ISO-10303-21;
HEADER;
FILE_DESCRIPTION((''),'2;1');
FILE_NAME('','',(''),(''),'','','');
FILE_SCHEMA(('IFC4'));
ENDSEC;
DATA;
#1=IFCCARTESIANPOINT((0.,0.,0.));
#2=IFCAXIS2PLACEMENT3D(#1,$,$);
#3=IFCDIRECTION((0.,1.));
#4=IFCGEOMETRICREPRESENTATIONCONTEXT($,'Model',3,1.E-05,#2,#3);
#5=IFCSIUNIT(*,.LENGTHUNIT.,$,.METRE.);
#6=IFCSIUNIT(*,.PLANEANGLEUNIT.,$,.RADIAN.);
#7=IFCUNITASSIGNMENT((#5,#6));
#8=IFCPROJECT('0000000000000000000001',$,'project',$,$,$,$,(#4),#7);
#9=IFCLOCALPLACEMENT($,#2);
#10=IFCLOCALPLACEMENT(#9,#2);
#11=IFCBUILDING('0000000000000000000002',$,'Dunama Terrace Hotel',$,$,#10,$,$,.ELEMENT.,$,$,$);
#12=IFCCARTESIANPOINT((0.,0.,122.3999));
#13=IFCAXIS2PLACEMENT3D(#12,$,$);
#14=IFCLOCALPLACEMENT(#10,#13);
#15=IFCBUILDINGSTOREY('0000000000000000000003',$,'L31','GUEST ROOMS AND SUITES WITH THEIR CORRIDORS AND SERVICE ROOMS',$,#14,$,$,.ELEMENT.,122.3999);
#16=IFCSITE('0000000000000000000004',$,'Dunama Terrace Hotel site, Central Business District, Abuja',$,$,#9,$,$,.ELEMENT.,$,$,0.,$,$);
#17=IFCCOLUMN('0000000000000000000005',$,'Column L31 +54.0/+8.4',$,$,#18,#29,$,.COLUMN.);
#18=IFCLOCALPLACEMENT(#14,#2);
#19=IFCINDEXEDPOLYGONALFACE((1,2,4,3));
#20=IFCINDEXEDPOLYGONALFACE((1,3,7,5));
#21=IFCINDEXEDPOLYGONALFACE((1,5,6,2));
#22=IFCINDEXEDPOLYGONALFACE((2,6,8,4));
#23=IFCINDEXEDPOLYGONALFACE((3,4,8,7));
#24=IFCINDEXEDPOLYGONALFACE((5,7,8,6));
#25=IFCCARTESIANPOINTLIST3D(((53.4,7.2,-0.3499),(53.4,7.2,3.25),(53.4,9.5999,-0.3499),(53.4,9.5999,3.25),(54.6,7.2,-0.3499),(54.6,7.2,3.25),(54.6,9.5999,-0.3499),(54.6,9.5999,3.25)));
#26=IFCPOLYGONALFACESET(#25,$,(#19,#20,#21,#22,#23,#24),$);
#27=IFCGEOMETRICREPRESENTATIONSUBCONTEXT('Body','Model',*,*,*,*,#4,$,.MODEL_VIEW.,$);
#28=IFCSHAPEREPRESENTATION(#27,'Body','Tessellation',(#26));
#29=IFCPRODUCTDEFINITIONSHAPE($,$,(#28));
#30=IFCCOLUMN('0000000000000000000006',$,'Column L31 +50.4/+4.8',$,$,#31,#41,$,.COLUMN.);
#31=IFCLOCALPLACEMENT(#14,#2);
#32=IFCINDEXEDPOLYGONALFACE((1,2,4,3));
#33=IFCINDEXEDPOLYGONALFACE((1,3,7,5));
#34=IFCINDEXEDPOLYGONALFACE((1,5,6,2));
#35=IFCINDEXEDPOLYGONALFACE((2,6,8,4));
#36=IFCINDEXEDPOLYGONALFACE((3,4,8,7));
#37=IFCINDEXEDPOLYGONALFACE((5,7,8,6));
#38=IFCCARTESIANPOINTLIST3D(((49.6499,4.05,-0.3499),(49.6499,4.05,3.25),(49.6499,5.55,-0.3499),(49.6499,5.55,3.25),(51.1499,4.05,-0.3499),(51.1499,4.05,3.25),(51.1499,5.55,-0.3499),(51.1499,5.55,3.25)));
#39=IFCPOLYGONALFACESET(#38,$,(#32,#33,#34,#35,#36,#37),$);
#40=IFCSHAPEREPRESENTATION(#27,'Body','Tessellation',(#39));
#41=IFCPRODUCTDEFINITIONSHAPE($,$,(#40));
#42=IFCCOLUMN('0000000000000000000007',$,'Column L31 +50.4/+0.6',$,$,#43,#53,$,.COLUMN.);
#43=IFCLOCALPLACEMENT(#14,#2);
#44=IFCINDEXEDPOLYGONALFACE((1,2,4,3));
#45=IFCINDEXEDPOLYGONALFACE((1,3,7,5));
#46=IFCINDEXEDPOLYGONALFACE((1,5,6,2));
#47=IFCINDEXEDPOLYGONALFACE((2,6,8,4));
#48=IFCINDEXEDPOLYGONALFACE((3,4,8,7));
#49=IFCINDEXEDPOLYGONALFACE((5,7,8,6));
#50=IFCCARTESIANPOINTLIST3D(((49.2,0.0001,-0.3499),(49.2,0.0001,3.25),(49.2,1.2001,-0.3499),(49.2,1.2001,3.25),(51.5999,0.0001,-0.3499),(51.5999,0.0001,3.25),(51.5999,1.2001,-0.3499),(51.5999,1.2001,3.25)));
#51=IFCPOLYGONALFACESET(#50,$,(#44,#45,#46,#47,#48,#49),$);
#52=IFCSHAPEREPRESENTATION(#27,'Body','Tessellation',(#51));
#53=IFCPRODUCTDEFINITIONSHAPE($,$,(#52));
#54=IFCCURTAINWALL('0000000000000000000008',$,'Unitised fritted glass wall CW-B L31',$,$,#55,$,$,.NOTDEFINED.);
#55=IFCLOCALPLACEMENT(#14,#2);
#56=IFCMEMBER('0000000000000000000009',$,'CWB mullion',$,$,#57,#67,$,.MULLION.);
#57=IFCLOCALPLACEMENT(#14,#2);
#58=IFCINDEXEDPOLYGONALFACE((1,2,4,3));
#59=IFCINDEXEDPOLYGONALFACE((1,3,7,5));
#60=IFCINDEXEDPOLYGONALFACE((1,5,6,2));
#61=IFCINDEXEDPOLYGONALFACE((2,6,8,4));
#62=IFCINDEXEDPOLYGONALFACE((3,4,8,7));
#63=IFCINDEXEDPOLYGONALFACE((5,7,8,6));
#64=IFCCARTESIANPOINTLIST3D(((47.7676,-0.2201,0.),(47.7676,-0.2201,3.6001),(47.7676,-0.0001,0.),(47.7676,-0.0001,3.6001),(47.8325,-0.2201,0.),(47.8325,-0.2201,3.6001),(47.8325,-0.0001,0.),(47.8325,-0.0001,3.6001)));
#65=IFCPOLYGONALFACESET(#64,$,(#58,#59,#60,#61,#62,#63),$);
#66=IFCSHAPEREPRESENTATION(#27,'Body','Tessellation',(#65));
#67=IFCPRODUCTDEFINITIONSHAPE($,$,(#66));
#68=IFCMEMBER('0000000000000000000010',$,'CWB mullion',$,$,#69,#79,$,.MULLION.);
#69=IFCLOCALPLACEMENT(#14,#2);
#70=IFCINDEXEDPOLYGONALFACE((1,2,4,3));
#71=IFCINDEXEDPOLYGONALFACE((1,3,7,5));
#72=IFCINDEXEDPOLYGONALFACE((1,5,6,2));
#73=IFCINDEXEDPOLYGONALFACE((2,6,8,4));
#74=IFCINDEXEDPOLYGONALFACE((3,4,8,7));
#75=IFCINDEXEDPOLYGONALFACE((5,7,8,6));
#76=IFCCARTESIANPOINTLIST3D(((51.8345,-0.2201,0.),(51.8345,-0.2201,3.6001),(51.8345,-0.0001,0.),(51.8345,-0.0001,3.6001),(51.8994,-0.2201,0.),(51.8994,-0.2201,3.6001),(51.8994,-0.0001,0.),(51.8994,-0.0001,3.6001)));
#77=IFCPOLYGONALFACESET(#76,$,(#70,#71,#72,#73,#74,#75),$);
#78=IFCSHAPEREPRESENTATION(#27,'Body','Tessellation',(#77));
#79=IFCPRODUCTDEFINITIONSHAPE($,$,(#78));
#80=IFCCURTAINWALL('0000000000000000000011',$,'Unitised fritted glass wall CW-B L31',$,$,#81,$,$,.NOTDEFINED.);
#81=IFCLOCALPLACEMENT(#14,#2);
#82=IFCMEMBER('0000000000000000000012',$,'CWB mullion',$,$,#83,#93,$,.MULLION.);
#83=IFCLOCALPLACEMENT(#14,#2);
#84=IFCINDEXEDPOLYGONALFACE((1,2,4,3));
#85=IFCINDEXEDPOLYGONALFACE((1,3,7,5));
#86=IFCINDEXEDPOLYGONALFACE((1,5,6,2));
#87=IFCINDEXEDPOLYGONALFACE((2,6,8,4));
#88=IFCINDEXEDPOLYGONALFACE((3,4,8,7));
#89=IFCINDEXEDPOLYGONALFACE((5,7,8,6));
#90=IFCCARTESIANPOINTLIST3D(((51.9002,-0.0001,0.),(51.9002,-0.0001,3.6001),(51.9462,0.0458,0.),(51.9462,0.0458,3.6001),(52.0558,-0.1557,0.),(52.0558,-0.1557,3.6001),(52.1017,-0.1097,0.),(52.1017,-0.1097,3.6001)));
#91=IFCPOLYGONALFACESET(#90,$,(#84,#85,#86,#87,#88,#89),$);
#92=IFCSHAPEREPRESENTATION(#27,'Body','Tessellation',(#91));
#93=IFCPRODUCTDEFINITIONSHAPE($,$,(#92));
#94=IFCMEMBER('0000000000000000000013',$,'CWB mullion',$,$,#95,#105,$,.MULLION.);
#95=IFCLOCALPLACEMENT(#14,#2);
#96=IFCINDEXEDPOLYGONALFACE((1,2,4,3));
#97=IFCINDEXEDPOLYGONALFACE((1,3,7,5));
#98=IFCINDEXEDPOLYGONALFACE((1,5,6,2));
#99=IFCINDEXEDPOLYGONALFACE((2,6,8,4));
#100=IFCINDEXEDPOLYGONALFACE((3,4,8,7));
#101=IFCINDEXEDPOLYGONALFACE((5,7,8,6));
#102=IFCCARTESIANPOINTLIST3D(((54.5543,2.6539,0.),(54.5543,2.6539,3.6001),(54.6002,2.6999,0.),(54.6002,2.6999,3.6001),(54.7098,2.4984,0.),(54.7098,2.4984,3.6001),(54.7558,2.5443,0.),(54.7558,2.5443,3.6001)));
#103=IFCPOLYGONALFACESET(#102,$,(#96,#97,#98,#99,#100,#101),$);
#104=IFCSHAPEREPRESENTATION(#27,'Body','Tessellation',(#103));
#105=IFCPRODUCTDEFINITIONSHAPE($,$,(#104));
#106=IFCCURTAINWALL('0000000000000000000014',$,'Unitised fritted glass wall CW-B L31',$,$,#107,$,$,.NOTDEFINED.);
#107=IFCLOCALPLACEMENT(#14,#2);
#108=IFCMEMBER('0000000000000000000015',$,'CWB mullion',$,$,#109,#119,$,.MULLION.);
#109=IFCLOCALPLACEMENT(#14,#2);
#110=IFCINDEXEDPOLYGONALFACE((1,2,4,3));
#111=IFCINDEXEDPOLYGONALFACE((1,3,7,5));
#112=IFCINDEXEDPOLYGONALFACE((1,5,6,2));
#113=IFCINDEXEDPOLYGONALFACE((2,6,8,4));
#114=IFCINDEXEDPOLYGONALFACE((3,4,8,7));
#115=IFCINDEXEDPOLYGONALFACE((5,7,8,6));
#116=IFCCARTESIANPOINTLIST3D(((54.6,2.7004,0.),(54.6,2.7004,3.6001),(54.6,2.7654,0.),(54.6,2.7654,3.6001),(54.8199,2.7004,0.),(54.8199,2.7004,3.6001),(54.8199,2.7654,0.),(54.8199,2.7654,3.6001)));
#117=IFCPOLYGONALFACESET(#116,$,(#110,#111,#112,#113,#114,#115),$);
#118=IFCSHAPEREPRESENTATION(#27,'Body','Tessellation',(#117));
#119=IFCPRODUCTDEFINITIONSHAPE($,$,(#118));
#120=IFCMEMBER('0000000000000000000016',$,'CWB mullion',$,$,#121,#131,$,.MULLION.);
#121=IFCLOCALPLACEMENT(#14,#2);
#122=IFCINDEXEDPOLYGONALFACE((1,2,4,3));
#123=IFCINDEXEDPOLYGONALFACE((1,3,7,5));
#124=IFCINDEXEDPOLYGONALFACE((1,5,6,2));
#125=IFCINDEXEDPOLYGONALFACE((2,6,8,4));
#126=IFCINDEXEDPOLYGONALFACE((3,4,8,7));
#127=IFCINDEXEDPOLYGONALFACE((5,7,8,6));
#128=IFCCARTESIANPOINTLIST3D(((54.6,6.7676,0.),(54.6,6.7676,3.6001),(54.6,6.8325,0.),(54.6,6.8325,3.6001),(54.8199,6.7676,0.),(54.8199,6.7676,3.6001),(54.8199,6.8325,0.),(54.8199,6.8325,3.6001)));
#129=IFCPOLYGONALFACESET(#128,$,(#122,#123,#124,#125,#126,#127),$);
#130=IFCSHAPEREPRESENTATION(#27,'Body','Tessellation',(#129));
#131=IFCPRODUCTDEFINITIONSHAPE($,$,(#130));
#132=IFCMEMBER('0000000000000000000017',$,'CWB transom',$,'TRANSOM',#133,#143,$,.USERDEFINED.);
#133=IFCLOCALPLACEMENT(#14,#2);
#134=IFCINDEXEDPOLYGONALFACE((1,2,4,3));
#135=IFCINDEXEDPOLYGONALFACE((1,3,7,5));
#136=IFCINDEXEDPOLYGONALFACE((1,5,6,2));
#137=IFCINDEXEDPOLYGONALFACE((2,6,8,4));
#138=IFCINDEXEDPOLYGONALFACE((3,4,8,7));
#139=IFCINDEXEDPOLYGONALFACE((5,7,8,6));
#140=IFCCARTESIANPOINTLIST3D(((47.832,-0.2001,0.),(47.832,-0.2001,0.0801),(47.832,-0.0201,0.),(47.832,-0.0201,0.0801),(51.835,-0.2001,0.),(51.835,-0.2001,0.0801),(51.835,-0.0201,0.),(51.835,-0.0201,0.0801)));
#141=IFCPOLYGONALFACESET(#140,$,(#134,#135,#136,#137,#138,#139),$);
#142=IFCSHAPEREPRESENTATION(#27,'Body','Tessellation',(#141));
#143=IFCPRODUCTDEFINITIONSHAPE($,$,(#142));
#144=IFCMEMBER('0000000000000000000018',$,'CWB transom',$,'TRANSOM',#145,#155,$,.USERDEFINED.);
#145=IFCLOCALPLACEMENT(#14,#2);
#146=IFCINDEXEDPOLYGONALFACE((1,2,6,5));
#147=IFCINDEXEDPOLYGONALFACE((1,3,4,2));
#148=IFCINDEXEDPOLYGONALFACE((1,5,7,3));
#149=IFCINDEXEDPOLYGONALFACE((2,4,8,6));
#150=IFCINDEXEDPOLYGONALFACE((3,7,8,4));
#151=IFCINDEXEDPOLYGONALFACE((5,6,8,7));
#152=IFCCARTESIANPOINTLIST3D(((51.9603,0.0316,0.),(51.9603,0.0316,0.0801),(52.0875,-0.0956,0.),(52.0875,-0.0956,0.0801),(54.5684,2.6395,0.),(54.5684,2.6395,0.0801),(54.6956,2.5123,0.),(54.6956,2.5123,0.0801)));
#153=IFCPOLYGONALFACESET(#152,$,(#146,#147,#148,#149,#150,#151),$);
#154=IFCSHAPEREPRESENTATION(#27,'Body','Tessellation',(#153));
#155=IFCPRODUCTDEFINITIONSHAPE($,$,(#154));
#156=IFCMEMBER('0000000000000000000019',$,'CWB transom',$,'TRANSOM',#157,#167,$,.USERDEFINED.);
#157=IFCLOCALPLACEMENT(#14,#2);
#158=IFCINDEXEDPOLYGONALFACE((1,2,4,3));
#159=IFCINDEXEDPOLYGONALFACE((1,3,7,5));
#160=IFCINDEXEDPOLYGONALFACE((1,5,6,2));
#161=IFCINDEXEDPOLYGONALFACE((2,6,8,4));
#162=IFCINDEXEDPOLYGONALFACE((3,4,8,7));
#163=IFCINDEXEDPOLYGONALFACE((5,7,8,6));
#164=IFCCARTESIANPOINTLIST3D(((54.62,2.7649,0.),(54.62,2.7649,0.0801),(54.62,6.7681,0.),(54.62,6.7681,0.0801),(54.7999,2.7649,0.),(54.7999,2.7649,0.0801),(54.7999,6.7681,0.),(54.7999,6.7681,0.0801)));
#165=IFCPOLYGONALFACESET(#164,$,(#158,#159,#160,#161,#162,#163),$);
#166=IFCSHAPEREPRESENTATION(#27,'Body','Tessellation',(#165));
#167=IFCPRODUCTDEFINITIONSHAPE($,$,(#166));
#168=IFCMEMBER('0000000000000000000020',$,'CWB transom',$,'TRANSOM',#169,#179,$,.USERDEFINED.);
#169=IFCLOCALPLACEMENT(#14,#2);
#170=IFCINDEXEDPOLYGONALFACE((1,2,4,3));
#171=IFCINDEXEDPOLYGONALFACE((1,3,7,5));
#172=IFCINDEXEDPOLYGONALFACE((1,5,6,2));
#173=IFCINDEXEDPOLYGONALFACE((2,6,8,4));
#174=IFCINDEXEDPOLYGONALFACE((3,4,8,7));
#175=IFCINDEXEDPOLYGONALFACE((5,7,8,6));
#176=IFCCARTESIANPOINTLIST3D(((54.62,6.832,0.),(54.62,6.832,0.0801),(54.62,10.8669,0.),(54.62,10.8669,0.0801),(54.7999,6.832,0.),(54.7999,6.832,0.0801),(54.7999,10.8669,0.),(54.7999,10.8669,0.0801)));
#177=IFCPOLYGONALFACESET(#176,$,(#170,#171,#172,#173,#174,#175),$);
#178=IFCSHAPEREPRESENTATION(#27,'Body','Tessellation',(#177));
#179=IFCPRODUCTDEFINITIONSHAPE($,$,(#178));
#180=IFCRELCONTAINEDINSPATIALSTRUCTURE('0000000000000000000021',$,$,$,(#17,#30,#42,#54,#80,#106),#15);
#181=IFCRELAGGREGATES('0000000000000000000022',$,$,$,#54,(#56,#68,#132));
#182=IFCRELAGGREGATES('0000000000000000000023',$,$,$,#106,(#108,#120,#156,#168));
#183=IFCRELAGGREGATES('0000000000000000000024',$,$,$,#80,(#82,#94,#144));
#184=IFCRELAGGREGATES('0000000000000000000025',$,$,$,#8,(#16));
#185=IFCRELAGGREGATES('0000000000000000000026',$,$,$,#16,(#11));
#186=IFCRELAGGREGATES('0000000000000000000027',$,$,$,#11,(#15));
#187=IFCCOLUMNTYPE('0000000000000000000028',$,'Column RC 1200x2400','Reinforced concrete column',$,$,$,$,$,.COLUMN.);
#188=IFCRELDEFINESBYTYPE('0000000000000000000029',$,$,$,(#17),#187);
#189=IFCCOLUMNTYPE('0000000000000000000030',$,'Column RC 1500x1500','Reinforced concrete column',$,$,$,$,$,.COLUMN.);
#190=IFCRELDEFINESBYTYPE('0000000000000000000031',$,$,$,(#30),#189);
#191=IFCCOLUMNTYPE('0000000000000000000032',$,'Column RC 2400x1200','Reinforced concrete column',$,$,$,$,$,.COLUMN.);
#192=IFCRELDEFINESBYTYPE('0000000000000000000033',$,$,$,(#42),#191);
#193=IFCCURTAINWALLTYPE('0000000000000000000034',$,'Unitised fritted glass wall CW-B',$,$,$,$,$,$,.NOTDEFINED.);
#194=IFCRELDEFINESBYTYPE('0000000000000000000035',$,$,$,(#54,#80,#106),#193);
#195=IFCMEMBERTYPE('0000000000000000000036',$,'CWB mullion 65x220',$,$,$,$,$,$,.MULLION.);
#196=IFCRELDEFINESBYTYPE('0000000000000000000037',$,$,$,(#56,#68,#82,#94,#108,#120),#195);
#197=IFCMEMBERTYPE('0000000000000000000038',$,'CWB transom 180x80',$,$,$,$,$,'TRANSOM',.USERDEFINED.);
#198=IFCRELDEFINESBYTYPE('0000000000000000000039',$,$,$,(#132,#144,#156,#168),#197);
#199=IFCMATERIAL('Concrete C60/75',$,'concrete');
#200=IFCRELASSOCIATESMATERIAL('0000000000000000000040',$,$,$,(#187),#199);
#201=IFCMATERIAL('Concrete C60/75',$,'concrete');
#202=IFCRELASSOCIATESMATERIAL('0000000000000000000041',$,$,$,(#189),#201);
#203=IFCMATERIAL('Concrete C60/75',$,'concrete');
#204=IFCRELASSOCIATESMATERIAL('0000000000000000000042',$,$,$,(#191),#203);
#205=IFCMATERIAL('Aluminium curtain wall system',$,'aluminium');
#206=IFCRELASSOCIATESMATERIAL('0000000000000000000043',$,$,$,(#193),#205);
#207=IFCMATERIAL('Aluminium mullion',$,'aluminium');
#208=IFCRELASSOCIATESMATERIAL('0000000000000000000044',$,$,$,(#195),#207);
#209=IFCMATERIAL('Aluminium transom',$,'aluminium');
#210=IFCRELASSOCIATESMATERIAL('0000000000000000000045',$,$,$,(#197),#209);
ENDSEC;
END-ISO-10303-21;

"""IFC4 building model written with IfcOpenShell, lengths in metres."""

from ifc_helpers import new_model, si_unit, direction, frame, origin, origin_2d, place, context, subcontext, project, spatial, rectangle, extrude, material, material_profile, profile_set, type_object, element, aggregate, save


model = new_model("IFC4")

# Units and contexts
model_context = context("Model", 3, precision=1e-05, world=origin(), true_north=direction((0.0, 1.0)))
body_context = subcontext(model_context, "Body", "Model", "MODEL_VIEW")
ifc_project = project(units=[si_unit("LENGTHUNIT", "METRE"), si_unit("PLANEANGLEUNIT", "RADIAN")], contexts=[model_context])

# Site, building, storey
site_placement = place(None, origin())
site = spatial("IfcSite", under=ifc_project, at=site_placement, Name="Dunama Terrace Hotel site, Central Business District, Abuja", CompositionType="ELEMENT", RefElevation=0.0)
building_placement = place(site_placement, origin())
building = spatial("IfcBuilding", under=site, at=building_placement, Name="Dunama Terrace Hotel", CompositionType="ELEMENT")
storey_placement = place(building_placement, frame((0.0, 0.0, 122.3999)))
storey = spatial("IfcBuildingStorey", under=building, at=storey_placement, Name="L31", Description="GUEST ROOMS AND SUITES WITH THEIR CORRIDORS AND SERVICE ROOMS", CompositionType="ELEMENT", Elevation=122.3999)

# Columns
ifc_material_1 = material(Name="Concrete C60/75", Category="concrete")
ifc_material_profile_1 = material_profile(ifc_material_1, rectangle(XDim=1.2, YDim=2.3999, at=origin_2d()), Name="RC 1200x2400")
ifc_profile_set_1 = profile_set([ifc_material_profile_1], Name="Concrete C60/75")
column_type_1 = type_object("IfcColumnType", Name="Column RC 1200x2400", Description="Reinforced concrete column", PredefinedType="COLUMN", material=ifc_profile_set_1)
column_1_placement = place(storey_placement, frame((54.0, 8.3999, -0.3499), z_axis=(0.0, 0.0, 1.0), x_axis=(1.0, 0.0, 0.0)))
element("IfcColumn", 1, at=column_1_placement, inside=storey, type_object=column_type_1, Name="Column L31 +54.0/+8.4", PredefinedType="COLUMN", context=body_context, shape_type="SweptSolid", body=[
    extrude(rectangle(XDim=1.2, YDim=2.3999, at=origin_2d()), origin(), (0.0, 0.0, 1.0), 3.5999),
])
ifc_material_2 = material(Name="Concrete C60/75", Category="concrete")
ifc_material_profile_2 = material_profile(ifc_material_2, rectangle(XDim=1.5, YDim=1.5, at=origin_2d()), Name="RC 1500x1500")
ifc_profile_set_2 = profile_set([ifc_material_profile_2], Name="Concrete C60/75")
column_type_2 = type_object("IfcColumnType", Name="Column RC 1500x1500", Description="Reinforced concrete column", PredefinedType="COLUMN", material=ifc_profile_set_2)
column_2_placement = place(storey_placement, frame((50.3999, 4.8, -0.3499), z_axis=(0.0, 0.0, 1.0), x_axis=(1.0, 0.0, 0.0)))
element("IfcColumn", 2, at=column_2_placement, inside=storey, type_object=column_type_2, Name="Column L31 +50.4/+4.8", PredefinedType="COLUMN", context=body_context, shape_type="SweptSolid", body=[
    extrude(rectangle(XDim=1.5, YDim=1.5, at=origin_2d()), origin(), (0.0, 0.0, 1.0), 3.5999),
])
ifc_material_3 = material(Name="Concrete C60/75", Category="concrete")
ifc_material_profile_3 = material_profile(ifc_material_3, rectangle(XDim=2.3999, YDim=1.2, at=origin_2d()), Name="RC 2400x1200")
ifc_profile_set_3 = profile_set([ifc_material_profile_3], Name="Concrete C60/75")
column_type_3 = type_object("IfcColumnType", Name="Column RC 2400x1200", Description="Reinforced concrete column", PredefinedType="COLUMN", material=ifc_profile_set_3)
column_3_placement = place(storey_placement, frame((50.3999, 0.6001, -0.3499), z_axis=(0.0, 0.0, 1.0), x_axis=(1.0, 0.0, 0.0)))
element("IfcColumn", 3, at=column_3_placement, inside=storey, type_object=column_type_3, Name="Column L31 +50.4/+0.6", PredefinedType="COLUMN", context=body_context, shape_type="SweptSolid", body=[
    extrude(rectangle(XDim=2.3999, YDim=1.2, at=origin_2d()), origin(), (0.0, 0.0, 1.0), 3.5999),
])

# Curtain walls, members
ifc_material_4 = material(Name="Aluminium curtain wall system", Category="aluminium")
curtain_wall_type = type_object("IfcCurtainWallType", Name="Unitised fritted glass wall CW-B", PredefinedType="NOTDEFINED", material=ifc_material_4)
curtain_wall_1_placement = place(storey_placement, origin())
curtain_wall_1 = element("IfcCurtainWall", 4, at=curtain_wall_1_placement, inside=storey, type_object=curtain_wall_type, Name="Unitised fritted glass wall CW-B L31", PredefinedType="NOTDEFINED")
ifc_material_5 = material(Name="Aluminium mullion", Category="aluminium")
ifc_material_profile_4 = material_profile(ifc_material_5, rectangle(XDim=0.0649, YDim=0.22, at=origin_2d()), Name="CWB MULLION 65X220")
ifc_profile_set_4 = profile_set([ifc_material_profile_4], Name="Aluminium mullion")
member_type_1 = type_object("IfcMemberType", Name="CWB mullion 65x220", PredefinedType="MULLION", material=ifc_profile_set_4)
member_1_placement = place(storey_placement, frame((47.8, -0.1101, 0.0), z_axis=(0.0, 0.0, 1.0), x_axis=(1.0, 0.0, 0.0)))
member_1 = element("IfcMember", 5, at=member_1_placement, type_object=member_type_1, Name="CWB mullion", PredefinedType="MULLION", context=body_context, shape_type="SweptSolid", body=[
    extrude(rectangle(XDim=0.0649, YDim=0.22, at=origin_2d()), origin(), (0.0, 0.0, 1.0), 3.6001),
])
member_2_placement = place(storey_placement, frame((51.8669, -0.1101, 0.0), z_axis=(0.0, 0.0, 1.0), x_axis=(1.0, 0.0, 0.0)))
member_2 = element("IfcMember", 6, at=member_2_placement, type_object=member_type_1, Name="CWB mullion", PredefinedType="MULLION", context=body_context, shape_type="SweptSolid", body=[
    extrude(rectangle(XDim=0.0649, YDim=0.22, at=origin_2d()), origin(), (0.0, 0.0, 1.0), 3.6001),
])
curtain_wall_2_placement = place(storey_placement, origin())
curtain_wall_2 = element("IfcCurtainWall", 7, at=curtain_wall_2_placement, inside=storey, type_object=curtain_wall_type, Name="Unitised fritted glass wall CW-B L31", PredefinedType="NOTDEFINED")
member_3_placement = place(storey_placement, frame((52.001, -0.0549, 0.0), z_axis=(0.0, 0.0, 1.0), x_axis=(0.707107, 0.707107, 0.0)))
member_3 = element("IfcMember", 8, at=member_3_placement, type_object=member_type_1, Name="CWB mullion", PredefinedType="MULLION", context=body_context, shape_type="SweptSolid", body=[
    extrude(rectangle(XDim=0.0649, YDim=0.22, at=origin_2d()), origin(), (0.0, 0.0, 1.0), 3.6001),
])
member_4_placement = place(storey_placement, frame((54.655, 2.5991, 0.0), z_axis=(0.0, 0.0, 1.0), x_axis=(0.707107, 0.707107, 0.0)))
member_4 = element("IfcMember", 9, at=member_4_placement, type_object=member_type_1, Name="CWB mullion", PredefinedType="MULLION", context=body_context, shape_type="SweptSolid", body=[
    extrude(rectangle(XDim=0.0649, YDim=0.22, at=origin_2d()), origin(), (0.0, 0.0, 1.0), 3.6001),
])
curtain_wall_3_placement = place(storey_placement, origin())
curtain_wall_3 = element("IfcCurtainWall", 10, at=curtain_wall_3_placement, inside=storey, type_object=curtain_wall_type, Name="Unitised fritted glass wall CW-B L31", PredefinedType="NOTDEFINED")
member_5_placement = place(storey_placement, frame((54.71, 2.7329, 0.0), z_axis=(0.0, 0.0, 1.0), x_axis=(0.0, 1.0, 0.0)))
member_5 = element("IfcMember", 11, at=member_5_placement, type_object=member_type_1, Name="CWB mullion", PredefinedType="MULLION", context=body_context, shape_type="SweptSolid", body=[
    extrude(rectangle(XDim=0.0649, YDim=0.22, at=origin_2d()), origin(), (0.0, 0.0, 1.0), 3.6001),
])
member_6_placement = place(storey_placement, frame((54.71, 6.8, 0.0), z_axis=(0.0, 0.0, 1.0), x_axis=(0.0, 1.0, 0.0)))
member_6 = element("IfcMember", 12, at=member_6_placement, type_object=member_type_1, Name="CWB mullion", PredefinedType="MULLION", context=body_context, shape_type="SweptSolid", body=[
    extrude(rectangle(XDim=0.0649, YDim=0.22, at=origin_2d()), origin(), (0.0, 0.0, 1.0), 3.6001),
])

# Members
ifc_material_6 = material(Name="Aluminium transom", Category="aluminium")
ifc_material_profile_5 = material_profile(ifc_material_6, rectangle(XDim=0.1799, YDim=0.0801, at=origin_2d()), Name="CWB TRANSOM 180X80")
ifc_profile_set_5 = profile_set([ifc_material_profile_5], Name="Aluminium transom")
member_type_2 = type_object("IfcMemberType", Name="CWB transom 180x80", ElementType="TRANSOM", PredefinedType="USERDEFINED", material=ifc_profile_set_5)
member_7_placement = place(storey_placement, frame((47.832, -0.1101, 0.04), z_axis=(1.0, 0.0, 0.0), x_axis=(0.0, 1.0, 0.0)))
member_7 = element("IfcMember", 13, at=member_7_placement, type_object=member_type_2, Name="CWB transom", ObjectType="TRANSOM", PredefinedType="USERDEFINED", context=body_context, shape_type="SweptSolid", body=[
    extrude(rectangle(XDim=0.1799, YDim=0.0801, at=origin_2d()), origin(), (0.0, 0.0, 1.0), 4.0029),
])
member_8_placement = place(storey_placement, frame((52.0239, -0.032, 0.04), z_axis=(0.70714, 0.707074, 0.0), x_axis=(-0.707074, 0.70714, 0.0)))
member_8 = element("IfcMember", 14, at=member_8_placement, type_object=member_type_2, Name="CWB transom", ObjectType="TRANSOM", PredefinedType="USERDEFINED", context=body_context, shape_type="SweptSolid", body=[
    extrude(rectangle(XDim=0.1799, YDim=0.0801, at=origin_2d()), origin(), (0.0, 0.0, 1.0), 3.6882),
])
member_9_placement = place(storey_placement, frame((54.71, 2.7649, 0.04), z_axis=(0.0, 1.0, 0.0), x_axis=(-1.0, 0.0, 0.0)))
member_9 = element("IfcMember", 15, at=member_9_placement, type_object=member_type_2, Name="CWB transom", ObjectType="TRANSOM", PredefinedType="USERDEFINED", context=body_context, shape_type="SweptSolid", body=[
    extrude(rectangle(XDim=0.1799, YDim=0.0801, at=origin_2d()), origin(), (0.0, 0.0, 1.0), 4.0032),
])
member_10_placement = place(storey_placement, frame((54.71, 6.832, 0.04), z_axis=(0.0, 1.0, 0.0), x_axis=(-1.0, 0.0, 0.0)))
member_10 = element("IfcMember", 16, at=member_10_placement, type_object=member_type_2, Name="CWB transom", ObjectType="TRANSOM", PredefinedType="USERDEFINED", context=body_context, shape_type="SweptSolid", body=[
    extrude(rectangle(XDim=0.1799, YDim=0.0801, at=origin_2d()), origin(), (0.0, 0.0, 1.0), 4.0349),
])

aggregate(curtain_wall_1, [member_1, member_2, member_7])
aggregate(curtain_wall_3, [member_5, member_6, member_9, member_10])
aggregate(curtain_wall_2, [member_3, member_4, member_8])

save(model, "model.ifc")
